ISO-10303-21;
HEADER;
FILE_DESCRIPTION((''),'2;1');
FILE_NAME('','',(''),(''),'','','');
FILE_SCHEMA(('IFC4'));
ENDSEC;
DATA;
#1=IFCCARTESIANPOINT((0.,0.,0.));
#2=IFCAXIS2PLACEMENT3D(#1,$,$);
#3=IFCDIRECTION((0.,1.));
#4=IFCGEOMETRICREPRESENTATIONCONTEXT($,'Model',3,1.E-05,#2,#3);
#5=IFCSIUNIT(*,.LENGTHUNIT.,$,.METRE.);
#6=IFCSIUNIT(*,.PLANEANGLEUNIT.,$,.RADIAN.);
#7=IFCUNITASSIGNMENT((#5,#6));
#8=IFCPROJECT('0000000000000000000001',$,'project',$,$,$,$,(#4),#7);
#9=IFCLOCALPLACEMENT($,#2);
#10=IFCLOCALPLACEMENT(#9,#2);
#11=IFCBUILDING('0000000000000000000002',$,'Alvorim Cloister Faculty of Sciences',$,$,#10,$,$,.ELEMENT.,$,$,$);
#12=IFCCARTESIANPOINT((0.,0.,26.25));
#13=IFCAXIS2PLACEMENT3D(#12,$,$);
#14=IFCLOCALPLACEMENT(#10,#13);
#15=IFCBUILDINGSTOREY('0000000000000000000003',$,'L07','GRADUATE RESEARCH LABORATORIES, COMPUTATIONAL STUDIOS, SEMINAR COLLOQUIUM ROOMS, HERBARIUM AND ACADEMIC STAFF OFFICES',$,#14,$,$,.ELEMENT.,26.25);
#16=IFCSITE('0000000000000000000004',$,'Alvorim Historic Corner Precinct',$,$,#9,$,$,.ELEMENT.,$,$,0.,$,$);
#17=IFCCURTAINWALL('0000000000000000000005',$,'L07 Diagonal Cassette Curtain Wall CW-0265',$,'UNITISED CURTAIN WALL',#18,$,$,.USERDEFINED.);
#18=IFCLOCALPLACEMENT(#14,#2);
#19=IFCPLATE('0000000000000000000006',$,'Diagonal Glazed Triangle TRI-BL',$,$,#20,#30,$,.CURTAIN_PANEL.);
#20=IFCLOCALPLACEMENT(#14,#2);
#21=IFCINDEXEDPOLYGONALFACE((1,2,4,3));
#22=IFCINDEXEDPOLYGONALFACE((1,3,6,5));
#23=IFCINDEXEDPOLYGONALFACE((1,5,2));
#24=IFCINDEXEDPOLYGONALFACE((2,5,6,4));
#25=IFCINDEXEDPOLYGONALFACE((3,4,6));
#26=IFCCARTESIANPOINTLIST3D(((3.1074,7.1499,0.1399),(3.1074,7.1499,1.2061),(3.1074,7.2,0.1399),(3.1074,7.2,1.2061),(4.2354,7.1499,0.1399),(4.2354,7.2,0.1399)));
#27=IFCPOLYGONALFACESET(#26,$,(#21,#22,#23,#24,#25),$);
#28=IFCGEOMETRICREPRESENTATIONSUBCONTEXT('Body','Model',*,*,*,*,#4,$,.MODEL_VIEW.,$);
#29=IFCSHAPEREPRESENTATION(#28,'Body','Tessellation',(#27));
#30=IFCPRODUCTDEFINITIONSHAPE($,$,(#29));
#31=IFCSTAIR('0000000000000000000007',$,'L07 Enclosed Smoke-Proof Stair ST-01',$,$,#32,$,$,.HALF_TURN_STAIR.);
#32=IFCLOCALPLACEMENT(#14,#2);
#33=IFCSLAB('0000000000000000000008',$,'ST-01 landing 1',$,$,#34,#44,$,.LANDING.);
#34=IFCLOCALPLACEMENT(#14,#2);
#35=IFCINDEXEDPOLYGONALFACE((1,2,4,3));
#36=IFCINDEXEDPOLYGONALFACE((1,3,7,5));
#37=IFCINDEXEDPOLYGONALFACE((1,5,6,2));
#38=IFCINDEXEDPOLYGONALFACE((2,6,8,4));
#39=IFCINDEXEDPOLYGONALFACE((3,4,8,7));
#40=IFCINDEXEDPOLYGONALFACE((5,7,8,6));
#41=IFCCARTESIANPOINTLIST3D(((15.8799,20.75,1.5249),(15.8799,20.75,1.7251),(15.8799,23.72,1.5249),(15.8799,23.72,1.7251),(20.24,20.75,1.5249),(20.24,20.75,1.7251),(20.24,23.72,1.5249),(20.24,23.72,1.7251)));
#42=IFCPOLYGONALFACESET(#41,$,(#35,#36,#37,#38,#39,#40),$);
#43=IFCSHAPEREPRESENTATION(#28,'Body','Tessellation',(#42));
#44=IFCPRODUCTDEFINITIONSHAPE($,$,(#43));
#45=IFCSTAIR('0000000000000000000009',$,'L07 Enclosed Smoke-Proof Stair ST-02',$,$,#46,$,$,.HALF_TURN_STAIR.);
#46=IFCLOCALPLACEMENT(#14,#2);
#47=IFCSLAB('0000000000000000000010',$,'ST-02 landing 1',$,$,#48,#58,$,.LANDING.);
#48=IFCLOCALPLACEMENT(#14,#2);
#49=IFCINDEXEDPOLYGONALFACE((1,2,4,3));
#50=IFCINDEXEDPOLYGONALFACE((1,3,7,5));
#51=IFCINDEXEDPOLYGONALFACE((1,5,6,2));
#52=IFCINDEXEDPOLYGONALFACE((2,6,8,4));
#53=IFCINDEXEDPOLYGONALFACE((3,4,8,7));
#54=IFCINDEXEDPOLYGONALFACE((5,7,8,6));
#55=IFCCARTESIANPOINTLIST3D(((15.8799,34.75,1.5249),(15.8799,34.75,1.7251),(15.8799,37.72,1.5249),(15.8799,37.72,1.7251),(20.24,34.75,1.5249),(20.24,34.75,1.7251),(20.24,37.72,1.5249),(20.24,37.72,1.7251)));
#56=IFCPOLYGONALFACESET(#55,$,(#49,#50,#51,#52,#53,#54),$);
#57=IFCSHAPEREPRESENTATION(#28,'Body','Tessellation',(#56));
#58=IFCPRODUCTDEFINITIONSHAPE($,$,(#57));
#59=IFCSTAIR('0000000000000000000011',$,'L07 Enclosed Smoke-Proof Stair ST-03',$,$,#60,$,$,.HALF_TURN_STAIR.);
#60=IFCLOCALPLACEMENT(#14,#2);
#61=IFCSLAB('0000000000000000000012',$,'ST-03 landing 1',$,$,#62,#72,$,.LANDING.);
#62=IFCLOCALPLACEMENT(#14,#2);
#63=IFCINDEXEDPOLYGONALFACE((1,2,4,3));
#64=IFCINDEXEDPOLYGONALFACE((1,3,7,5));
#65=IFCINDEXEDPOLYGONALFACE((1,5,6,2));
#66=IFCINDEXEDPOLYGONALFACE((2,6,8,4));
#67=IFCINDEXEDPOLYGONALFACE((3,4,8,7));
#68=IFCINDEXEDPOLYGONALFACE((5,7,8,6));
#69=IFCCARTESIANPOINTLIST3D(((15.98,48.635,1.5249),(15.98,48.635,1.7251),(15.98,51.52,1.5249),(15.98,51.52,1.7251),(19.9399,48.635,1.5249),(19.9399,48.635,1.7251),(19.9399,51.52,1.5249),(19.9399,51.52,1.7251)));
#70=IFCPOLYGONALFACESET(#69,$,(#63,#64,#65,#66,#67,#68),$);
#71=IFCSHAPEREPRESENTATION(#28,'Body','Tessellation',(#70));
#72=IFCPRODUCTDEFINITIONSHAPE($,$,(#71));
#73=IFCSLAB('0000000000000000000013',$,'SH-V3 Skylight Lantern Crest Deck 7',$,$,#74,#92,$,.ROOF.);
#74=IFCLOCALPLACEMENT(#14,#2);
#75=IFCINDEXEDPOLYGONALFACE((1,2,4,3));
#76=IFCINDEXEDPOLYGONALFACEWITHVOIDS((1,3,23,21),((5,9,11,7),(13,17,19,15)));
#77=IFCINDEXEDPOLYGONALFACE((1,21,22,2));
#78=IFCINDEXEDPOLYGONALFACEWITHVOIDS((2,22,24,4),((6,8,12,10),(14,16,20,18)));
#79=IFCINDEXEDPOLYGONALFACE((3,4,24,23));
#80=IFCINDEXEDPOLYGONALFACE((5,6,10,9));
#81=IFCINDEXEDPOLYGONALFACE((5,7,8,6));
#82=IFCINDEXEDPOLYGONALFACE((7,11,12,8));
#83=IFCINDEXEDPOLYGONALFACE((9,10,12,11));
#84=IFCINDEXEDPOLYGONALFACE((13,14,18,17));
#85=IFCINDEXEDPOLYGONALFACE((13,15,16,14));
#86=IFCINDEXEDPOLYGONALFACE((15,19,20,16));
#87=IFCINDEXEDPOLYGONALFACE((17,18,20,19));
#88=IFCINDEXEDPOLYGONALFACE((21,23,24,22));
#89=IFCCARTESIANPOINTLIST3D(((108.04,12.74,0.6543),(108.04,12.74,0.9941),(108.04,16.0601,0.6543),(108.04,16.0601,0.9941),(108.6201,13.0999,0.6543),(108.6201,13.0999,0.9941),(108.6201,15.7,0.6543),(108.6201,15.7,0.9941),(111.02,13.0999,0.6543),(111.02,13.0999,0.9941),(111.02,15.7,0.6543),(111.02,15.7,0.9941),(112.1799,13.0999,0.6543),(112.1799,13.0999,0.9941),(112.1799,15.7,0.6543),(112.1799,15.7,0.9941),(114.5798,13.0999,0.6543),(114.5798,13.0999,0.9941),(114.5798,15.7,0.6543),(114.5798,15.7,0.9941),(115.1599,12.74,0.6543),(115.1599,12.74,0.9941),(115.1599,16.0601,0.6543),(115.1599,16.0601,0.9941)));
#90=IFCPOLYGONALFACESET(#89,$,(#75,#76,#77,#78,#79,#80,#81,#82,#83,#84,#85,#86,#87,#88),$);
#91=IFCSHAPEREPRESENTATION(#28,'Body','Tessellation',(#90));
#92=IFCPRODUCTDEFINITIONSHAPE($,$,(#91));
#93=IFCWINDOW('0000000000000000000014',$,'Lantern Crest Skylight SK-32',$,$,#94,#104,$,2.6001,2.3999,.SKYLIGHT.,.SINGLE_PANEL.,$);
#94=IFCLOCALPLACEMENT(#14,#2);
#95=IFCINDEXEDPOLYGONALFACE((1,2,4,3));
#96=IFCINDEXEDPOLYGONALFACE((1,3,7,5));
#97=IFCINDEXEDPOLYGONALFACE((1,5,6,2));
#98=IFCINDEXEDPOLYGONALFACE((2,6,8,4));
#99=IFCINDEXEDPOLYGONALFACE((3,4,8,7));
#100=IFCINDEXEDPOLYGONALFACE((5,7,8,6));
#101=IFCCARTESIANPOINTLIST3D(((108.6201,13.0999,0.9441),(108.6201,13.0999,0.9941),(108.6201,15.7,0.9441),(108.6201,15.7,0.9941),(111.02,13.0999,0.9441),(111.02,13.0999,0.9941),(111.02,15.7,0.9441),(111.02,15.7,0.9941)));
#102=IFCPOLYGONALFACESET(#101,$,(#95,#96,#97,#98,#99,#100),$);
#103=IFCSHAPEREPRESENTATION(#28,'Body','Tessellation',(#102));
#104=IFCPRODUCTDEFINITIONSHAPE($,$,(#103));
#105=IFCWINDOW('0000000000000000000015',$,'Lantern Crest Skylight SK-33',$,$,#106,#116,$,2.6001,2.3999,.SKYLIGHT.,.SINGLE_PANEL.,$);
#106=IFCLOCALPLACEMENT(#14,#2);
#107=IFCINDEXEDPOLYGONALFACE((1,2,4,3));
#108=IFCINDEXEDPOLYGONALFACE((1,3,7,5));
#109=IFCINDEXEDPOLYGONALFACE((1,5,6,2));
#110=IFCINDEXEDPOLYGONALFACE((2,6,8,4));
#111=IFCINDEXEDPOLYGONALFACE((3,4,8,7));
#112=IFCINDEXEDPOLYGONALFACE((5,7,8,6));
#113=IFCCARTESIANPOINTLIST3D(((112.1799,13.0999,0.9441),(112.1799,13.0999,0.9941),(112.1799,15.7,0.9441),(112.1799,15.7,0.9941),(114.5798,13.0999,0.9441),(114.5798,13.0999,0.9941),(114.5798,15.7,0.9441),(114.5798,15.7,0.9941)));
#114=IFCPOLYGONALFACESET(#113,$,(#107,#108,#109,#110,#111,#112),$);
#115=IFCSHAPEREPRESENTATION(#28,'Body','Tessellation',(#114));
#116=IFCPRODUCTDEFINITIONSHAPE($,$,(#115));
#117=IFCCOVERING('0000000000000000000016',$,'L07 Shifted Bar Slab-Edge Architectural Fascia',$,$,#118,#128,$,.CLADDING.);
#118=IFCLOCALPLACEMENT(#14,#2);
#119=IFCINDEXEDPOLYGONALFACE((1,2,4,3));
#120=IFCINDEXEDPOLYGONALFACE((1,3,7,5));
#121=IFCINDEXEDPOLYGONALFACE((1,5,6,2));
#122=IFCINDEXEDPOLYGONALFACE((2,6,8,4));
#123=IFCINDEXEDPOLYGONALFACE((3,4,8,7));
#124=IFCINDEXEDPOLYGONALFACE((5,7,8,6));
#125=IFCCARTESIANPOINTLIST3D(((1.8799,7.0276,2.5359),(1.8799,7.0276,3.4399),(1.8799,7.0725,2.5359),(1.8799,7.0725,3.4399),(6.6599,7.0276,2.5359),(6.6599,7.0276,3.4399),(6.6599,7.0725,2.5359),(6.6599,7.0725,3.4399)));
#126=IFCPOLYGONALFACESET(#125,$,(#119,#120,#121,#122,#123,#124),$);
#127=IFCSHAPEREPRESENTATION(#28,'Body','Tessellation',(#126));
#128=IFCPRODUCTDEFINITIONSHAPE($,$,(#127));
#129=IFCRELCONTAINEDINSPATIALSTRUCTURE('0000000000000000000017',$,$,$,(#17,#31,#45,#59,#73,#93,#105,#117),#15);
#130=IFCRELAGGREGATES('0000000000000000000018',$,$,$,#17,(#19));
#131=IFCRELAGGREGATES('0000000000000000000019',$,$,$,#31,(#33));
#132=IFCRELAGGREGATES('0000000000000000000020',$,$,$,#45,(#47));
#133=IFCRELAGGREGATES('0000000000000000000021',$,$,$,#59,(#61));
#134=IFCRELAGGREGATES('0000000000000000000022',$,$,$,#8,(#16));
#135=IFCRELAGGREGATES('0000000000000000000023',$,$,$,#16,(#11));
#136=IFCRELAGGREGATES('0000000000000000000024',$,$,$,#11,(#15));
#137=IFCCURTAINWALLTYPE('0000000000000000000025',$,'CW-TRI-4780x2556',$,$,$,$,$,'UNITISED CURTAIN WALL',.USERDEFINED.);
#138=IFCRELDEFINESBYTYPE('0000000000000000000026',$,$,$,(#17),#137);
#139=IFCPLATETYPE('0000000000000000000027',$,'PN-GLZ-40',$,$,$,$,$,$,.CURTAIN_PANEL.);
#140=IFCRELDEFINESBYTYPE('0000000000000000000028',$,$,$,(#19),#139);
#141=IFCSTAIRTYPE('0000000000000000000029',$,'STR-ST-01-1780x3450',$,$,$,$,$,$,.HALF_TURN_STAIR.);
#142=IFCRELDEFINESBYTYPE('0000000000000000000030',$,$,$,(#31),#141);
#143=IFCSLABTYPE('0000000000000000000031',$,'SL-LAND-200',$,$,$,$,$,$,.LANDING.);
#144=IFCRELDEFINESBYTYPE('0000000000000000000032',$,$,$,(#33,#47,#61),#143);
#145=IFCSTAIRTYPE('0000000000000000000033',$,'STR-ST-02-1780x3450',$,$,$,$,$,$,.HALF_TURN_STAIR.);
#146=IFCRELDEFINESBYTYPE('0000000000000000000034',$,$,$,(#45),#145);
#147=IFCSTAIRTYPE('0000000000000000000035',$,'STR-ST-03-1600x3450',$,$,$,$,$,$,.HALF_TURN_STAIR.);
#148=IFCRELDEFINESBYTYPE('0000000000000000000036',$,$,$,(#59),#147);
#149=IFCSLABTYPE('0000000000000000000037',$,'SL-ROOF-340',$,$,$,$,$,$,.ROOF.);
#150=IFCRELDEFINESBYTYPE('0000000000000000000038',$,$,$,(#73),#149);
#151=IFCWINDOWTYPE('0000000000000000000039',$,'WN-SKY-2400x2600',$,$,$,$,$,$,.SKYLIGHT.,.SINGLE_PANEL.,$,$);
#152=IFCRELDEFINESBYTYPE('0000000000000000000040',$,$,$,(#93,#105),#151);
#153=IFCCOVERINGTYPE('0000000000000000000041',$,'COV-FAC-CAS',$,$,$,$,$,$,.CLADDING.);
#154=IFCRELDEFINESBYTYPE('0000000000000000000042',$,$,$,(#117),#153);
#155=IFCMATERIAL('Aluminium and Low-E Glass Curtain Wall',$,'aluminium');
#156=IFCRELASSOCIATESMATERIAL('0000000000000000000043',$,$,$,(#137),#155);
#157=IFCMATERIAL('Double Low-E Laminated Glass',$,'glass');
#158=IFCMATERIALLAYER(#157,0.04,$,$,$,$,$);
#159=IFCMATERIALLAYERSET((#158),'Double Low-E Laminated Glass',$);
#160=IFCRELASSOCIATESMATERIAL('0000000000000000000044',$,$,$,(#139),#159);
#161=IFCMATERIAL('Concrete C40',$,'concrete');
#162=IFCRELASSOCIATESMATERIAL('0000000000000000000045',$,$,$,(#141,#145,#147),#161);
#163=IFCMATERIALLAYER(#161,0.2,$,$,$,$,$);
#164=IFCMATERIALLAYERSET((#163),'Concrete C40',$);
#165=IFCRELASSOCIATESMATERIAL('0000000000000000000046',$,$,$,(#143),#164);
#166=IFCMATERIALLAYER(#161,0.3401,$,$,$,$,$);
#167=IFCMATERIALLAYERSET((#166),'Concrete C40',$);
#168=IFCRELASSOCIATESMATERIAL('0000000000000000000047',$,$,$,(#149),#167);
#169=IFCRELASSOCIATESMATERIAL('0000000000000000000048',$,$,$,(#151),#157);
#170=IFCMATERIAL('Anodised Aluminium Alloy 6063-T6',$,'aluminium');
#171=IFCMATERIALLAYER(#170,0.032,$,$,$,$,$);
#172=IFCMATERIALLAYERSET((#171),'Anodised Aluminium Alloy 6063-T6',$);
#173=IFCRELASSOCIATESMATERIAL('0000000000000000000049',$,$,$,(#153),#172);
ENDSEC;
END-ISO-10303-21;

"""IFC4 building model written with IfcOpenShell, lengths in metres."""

from ifc_helpers import new_model, si_unit, direction, frame, origin, origin_2d, place, context, subcontext, project, spatial, polyline, rectangle, outline, extrude, material, layer, layer_set, type_object, element, fill, aggregate, save


model = new_model("IFC4")

# Units and contexts
model_context = context("Model", 3, precision=1e-05, world=origin(), true_north=direction((0.0, 1.0)))
body_context = subcontext(model_context, "Body", "Model", "MODEL_VIEW")
ifc_project = project(units=[si_unit("LENGTHUNIT", "METRE"), si_unit("PLANEANGLEUNIT", "RADIAN")], contexts=[model_context])

# Site, building, storey
site_placement = place(None, origin())
site = spatial("IfcSite", under=ifc_project, at=site_placement, Name="Alvorim Historic Corner Precinct", CompositionType="ELEMENT", RefElevation=0.0)
building_placement = place(site_placement, origin())
building = spatial("IfcBuilding", under=site, at=building_placement, Name="Alvorim Cloister Faculty of Sciences", CompositionType="ELEMENT")
storey_placement = place(building_placement, frame((0.0, 0.0, 26.25)))
storey = spatial("IfcBuildingStorey", under=building, at=storey_placement, Name="L07", Description="GRADUATE RESEARCH LABORATORIES, COMPUTATIONAL STUDIOS, SEMINAR COLLOQUIUM ROOMS, HERBARIUM AND ACADEMIC STAFF OFFICES", CompositionType="ELEMENT", Elevation=26.25)

# Curtain wall, plate
ifc_material_1 = material(Name="Aluminium and Low-E Glass Curtain Wall", Category="aluminium")
curtain_wall_type = type_object("IfcCurtainWallType", Name="CW-TRI-4780x2556", ElementType="UNITISED CURTAIN WALL", PredefinedType="USERDEFINED", material=ifc_material_1)
curtain_wall_placement = place(storey_placement, origin())
curtain_wall = element("IfcCurtainWall", 1, at=curtain_wall_placement, inside=storey, type_object=curtain_wall_type, Name="L07 Diagonal Cassette Curtain Wall CW-0265", ObjectType="UNITISED CURTAIN WALL", PredefinedType="USERDEFINED")
ifc_material_2 = material(Name="Double Low-E Laminated Glass", Category="glass")
ifc_layer_1 = layer(ifc_material_2, 0.04)
ifc_layer_set_1 = layer_set([ifc_layer_1], Name="Double Low-E Laminated Glass")
plate_type = type_object("IfcPlateType", Name="PN-GLZ-40", PredefinedType="CURTAIN_PANEL", material=ifc_layer_set_1)
plate_1_placement = place(storey_placement, frame((3.1074, 7.175, 0.1399), z_axis=(0.0, 0.0, 1.0), x_axis=(1.0, 0.0, 0.0)))
plate_1 = element("IfcPlate", 2, at=plate_1_placement, type_object=plate_type, Name="Diagonal Glazed Triangle TRI-BL", PredefinedType="CURTAIN_PANEL", context=body_context, shape_type="SweptSolid", body=[
    extrude(outline(polyline([(0.0, 0.0), (1.1279, 0.0), (0.0, 1.0662), (0.0, 0.0)])), frame((0.0, 0.0249, 0.0), z_axis=(0.0, -1.0, 0.0), x_axis=(1.0, 0.0, 0.0)), (0.0, 0.0, 1.0), 0.05),
])
aggregate(curtain_wall, [plate_1])

# Stairs, slabs
ifc_material_3 = material(Name="Concrete C40", Category="concrete")
stair_type_1 = type_object("IfcStairType", Name="STR-ST-01-1780x3450", PredefinedType="HALF_TURN_STAIR", material=ifc_material_3)
stair_1_placement = place(storey_placement, origin())
stair_1 = element("IfcStair", 3, at=stair_1_placement, inside=storey, type_object=stair_type_1, Name="L07 Enclosed Smoke-Proof Stair ST-01", PredefinedType="HALF_TURN_STAIR")
ifc_layer_2 = layer(ifc_material_3, 0.2)
ifc_layer_set_2 = layer_set([ifc_layer_2], Name="Concrete C40")
slab_type_1 = type_object("IfcSlabType", Name="SL-LAND-200", PredefinedType="LANDING", material=ifc_layer_set_2)
slab_1_placement = place(storey_placement, frame((0.0, 0.0, 1.5249)))
slab_1 = element("IfcSlab", 4, at=slab_1_placement, type_object=slab_type_1, Name="ST-01 landing 1", PredefinedType="LANDING", context=body_context, shape_type="SweptSolid", body=[
    extrude(outline(polyline([(20.24, 20.75), (20.24, 23.72), (15.8799, 23.72), (15.8799, 20.75), (20.24, 20.75)])), origin(), (0.0, 0.0, 1.0), 0.2002),
])
aggregate(stair_1, [slab_1])
stair_type_2 = type_object("IfcStairType", Name="STR-ST-02-1780x3450", PredefinedType="HALF_TURN_STAIR", material=ifc_material_3)
stair_2_placement = place(storey_placement, origin())
stair_2 = element("IfcStair", 5, at=stair_2_placement, inside=storey, type_object=stair_type_2, Name="L07 Enclosed Smoke-Proof Stair ST-02", PredefinedType="HALF_TURN_STAIR")
slab_2_placement = place(storey_placement, frame((0.0, 0.0, 1.5249)))
slab_2 = element("IfcSlab", 6, at=slab_2_placement, type_object=slab_type_1, Name="ST-02 landing 1", PredefinedType="LANDING", context=body_context, shape_type="SweptSolid", body=[
    extrude(outline(polyline([(20.24, 34.75), (20.24, 37.72), (15.8799, 37.72), (15.8799, 34.75), (20.24, 34.75)])), origin(), (0.0, 0.0, 1.0), 0.2002),
])
aggregate(stair_2, [slab_2])
stair_type_3 = type_object("IfcStairType", Name="STR-ST-03-1600x3450", PredefinedType="HALF_TURN_STAIR", material=ifc_material_3)
stair_3_placement = place(storey_placement, origin())
stair_3 = element("IfcStair", 7, at=stair_3_placement, inside=storey, type_object=stair_type_3, Name="L07 Enclosed Smoke-Proof Stair ST-03", PredefinedType="HALF_TURN_STAIR")
slab_3_placement = place(storey_placement, frame((0.0, 0.0, 1.5249)))
slab_3 = element("IfcSlab", 8, at=slab_3_placement, type_object=slab_type_1, Name="ST-03 landing 1", PredefinedType="LANDING", context=body_context, shape_type="SweptSolid", body=[
    extrude(outline(polyline([(19.9399, 48.635), (19.9399, 51.52), (15.98, 51.52), (15.98, 48.635), (19.9399, 48.635)])), origin(), (0.0, 0.0, 1.0), 0.2002),
])
aggregate(stair_3, [slab_3])

# Slab, openings, windows
ifc_layer_3 = layer(ifc_material_3, 0.3401)
ifc_layer_set_3 = layer_set([ifc_layer_3], Name="Concrete C40")
slab_type_2 = type_object("IfcSlabType", Name="SL-ROOF-340", PredefinedType="ROOF", material=ifc_layer_set_3)
slab_4_placement = place(storey_placement, frame((0.0, 0.0, 0.6543)))
slab_4 = element("IfcSlab", 9, at=slab_4_placement, inside=storey, type_object=slab_type_2, Name="SH-V3 Skylight Lantern Crest Deck 7", PredefinedType="ROOF", context=body_context, shape_type="SweptSolid", body=[
    extrude(outline(polyline([(108.04, 12.74), (115.1599, 12.74), (115.1599, 16.0601), (108.04, 16.0601), (108.04, 12.74)])), origin(), (0.0, 0.0, 1.0), 0.3398),
])
opening_1_placement = place(slab_4_placement, frame((109.8201, 14.3999, -0.012)))
opening_1 = element("IfcOpeningElement", 10, at=opening_1_placement, cuts=slab_4, PredefinedType="OPENING", context=body_context, shape_type="SweptSolid", body=[
    extrude(rectangle(XDim=2.3999, YDim=2.6001, at=origin_2d()), origin(), (0.0, 0.0, 1.0), 0.3638),
])
opening_2_placement = place(slab_4_placement, frame((113.3799, 14.3999, -0.012)))
opening_2 = element("IfcOpeningElement", 11, at=opening_2_placement, cuts=slab_4, PredefinedType="OPENING", context=body_context, shape_type="SweptSolid", body=[
    extrude(rectangle(XDim=2.3999, YDim=2.6001, at=origin_2d()), origin(), (0.0, 0.0, 1.0), 0.3638),
])
window_type = type_object("IfcWindowType", Name="WN-SKY-2400x2600", PartitioningType="SINGLE_PANEL", PredefinedType="SKYLIGHT", material=ifc_material_2)
window_1_placement = place(slab_4_placement, frame((109.8201, 14.3999, 0.2898)))
window_1 = element("IfcWindow", 12, at=window_1_placement, inside=storey, type_object=window_type, Name="Lantern Crest Skylight SK-32", OverallHeight=2.6001, OverallWidth=2.3999, PartitioningType="SINGLE_PANEL", PredefinedType="SKYLIGHT", context=body_context, shape_type="SweptSolid", body=[
    extrude(rectangle(XDim=2.3999, YDim=2.6001, at=origin_2d()), origin(), (0.0, 0.0, 1.0), 0.05),
])
fill(opening_1, window_1)
window_2_placement = place(slab_4_placement, frame((113.3799, 14.3999, 0.2898)))
window_2 = element("IfcWindow", 13, at=window_2_placement, inside=storey, type_object=window_type, Name="Lantern Crest Skylight SK-33", OverallHeight=2.6001, OverallWidth=2.3999, PartitioningType="SINGLE_PANEL", PredefinedType="SKYLIGHT", context=body_context, shape_type="SweptSolid", body=[
    extrude(rectangle(XDim=2.3999, YDim=2.6001, at=origin_2d()), origin(), (0.0, 0.0, 1.0), 0.05),
])
fill(opening_2, window_2)

# Covering
ifc_material_4 = material(Name="Anodised Aluminium Alloy 6063-T6", Category="aluminium")
ifc_layer_4 = layer(ifc_material_4, 0.032)
ifc_layer_set_4 = layer_set([ifc_layer_4], Name="Anodised Aluminium Alloy 6063-T6")
covering_type = type_object("IfcCoveringType", Name="COV-FAC-CAS", PredefinedType="CLADDING", material=ifc_layer_set_4)
covering_placement = place(storey_placement, frame((1.8799, 7.05, 2.5359), z_axis=(0.0, 0.0, 1.0), x_axis=(1.0, 0.0, 0.0)))
element("IfcCovering", 14, at=covering_placement, inside=storey, type_object=covering_type, Name="L07 Shifted Bar Slab-Edge Architectural Fascia", PredefinedType="CLADDING", context=body_context, shape_type="SweptSolid", body=[
    extrude(outline(polyline([(0.0, 0.0), (4.78, 0.0), (4.78, 0.9041), (0.0, 0.9041), (0.0, 0.0)])), frame((0.0, 0.0225, 0.0), z_axis=(0.0, -1.0, 0.0), x_axis=(1.0, 0.0, 0.0)), (0.0, 0.0, 1.0), 0.0449),
])

save(model, "model.ifc")
